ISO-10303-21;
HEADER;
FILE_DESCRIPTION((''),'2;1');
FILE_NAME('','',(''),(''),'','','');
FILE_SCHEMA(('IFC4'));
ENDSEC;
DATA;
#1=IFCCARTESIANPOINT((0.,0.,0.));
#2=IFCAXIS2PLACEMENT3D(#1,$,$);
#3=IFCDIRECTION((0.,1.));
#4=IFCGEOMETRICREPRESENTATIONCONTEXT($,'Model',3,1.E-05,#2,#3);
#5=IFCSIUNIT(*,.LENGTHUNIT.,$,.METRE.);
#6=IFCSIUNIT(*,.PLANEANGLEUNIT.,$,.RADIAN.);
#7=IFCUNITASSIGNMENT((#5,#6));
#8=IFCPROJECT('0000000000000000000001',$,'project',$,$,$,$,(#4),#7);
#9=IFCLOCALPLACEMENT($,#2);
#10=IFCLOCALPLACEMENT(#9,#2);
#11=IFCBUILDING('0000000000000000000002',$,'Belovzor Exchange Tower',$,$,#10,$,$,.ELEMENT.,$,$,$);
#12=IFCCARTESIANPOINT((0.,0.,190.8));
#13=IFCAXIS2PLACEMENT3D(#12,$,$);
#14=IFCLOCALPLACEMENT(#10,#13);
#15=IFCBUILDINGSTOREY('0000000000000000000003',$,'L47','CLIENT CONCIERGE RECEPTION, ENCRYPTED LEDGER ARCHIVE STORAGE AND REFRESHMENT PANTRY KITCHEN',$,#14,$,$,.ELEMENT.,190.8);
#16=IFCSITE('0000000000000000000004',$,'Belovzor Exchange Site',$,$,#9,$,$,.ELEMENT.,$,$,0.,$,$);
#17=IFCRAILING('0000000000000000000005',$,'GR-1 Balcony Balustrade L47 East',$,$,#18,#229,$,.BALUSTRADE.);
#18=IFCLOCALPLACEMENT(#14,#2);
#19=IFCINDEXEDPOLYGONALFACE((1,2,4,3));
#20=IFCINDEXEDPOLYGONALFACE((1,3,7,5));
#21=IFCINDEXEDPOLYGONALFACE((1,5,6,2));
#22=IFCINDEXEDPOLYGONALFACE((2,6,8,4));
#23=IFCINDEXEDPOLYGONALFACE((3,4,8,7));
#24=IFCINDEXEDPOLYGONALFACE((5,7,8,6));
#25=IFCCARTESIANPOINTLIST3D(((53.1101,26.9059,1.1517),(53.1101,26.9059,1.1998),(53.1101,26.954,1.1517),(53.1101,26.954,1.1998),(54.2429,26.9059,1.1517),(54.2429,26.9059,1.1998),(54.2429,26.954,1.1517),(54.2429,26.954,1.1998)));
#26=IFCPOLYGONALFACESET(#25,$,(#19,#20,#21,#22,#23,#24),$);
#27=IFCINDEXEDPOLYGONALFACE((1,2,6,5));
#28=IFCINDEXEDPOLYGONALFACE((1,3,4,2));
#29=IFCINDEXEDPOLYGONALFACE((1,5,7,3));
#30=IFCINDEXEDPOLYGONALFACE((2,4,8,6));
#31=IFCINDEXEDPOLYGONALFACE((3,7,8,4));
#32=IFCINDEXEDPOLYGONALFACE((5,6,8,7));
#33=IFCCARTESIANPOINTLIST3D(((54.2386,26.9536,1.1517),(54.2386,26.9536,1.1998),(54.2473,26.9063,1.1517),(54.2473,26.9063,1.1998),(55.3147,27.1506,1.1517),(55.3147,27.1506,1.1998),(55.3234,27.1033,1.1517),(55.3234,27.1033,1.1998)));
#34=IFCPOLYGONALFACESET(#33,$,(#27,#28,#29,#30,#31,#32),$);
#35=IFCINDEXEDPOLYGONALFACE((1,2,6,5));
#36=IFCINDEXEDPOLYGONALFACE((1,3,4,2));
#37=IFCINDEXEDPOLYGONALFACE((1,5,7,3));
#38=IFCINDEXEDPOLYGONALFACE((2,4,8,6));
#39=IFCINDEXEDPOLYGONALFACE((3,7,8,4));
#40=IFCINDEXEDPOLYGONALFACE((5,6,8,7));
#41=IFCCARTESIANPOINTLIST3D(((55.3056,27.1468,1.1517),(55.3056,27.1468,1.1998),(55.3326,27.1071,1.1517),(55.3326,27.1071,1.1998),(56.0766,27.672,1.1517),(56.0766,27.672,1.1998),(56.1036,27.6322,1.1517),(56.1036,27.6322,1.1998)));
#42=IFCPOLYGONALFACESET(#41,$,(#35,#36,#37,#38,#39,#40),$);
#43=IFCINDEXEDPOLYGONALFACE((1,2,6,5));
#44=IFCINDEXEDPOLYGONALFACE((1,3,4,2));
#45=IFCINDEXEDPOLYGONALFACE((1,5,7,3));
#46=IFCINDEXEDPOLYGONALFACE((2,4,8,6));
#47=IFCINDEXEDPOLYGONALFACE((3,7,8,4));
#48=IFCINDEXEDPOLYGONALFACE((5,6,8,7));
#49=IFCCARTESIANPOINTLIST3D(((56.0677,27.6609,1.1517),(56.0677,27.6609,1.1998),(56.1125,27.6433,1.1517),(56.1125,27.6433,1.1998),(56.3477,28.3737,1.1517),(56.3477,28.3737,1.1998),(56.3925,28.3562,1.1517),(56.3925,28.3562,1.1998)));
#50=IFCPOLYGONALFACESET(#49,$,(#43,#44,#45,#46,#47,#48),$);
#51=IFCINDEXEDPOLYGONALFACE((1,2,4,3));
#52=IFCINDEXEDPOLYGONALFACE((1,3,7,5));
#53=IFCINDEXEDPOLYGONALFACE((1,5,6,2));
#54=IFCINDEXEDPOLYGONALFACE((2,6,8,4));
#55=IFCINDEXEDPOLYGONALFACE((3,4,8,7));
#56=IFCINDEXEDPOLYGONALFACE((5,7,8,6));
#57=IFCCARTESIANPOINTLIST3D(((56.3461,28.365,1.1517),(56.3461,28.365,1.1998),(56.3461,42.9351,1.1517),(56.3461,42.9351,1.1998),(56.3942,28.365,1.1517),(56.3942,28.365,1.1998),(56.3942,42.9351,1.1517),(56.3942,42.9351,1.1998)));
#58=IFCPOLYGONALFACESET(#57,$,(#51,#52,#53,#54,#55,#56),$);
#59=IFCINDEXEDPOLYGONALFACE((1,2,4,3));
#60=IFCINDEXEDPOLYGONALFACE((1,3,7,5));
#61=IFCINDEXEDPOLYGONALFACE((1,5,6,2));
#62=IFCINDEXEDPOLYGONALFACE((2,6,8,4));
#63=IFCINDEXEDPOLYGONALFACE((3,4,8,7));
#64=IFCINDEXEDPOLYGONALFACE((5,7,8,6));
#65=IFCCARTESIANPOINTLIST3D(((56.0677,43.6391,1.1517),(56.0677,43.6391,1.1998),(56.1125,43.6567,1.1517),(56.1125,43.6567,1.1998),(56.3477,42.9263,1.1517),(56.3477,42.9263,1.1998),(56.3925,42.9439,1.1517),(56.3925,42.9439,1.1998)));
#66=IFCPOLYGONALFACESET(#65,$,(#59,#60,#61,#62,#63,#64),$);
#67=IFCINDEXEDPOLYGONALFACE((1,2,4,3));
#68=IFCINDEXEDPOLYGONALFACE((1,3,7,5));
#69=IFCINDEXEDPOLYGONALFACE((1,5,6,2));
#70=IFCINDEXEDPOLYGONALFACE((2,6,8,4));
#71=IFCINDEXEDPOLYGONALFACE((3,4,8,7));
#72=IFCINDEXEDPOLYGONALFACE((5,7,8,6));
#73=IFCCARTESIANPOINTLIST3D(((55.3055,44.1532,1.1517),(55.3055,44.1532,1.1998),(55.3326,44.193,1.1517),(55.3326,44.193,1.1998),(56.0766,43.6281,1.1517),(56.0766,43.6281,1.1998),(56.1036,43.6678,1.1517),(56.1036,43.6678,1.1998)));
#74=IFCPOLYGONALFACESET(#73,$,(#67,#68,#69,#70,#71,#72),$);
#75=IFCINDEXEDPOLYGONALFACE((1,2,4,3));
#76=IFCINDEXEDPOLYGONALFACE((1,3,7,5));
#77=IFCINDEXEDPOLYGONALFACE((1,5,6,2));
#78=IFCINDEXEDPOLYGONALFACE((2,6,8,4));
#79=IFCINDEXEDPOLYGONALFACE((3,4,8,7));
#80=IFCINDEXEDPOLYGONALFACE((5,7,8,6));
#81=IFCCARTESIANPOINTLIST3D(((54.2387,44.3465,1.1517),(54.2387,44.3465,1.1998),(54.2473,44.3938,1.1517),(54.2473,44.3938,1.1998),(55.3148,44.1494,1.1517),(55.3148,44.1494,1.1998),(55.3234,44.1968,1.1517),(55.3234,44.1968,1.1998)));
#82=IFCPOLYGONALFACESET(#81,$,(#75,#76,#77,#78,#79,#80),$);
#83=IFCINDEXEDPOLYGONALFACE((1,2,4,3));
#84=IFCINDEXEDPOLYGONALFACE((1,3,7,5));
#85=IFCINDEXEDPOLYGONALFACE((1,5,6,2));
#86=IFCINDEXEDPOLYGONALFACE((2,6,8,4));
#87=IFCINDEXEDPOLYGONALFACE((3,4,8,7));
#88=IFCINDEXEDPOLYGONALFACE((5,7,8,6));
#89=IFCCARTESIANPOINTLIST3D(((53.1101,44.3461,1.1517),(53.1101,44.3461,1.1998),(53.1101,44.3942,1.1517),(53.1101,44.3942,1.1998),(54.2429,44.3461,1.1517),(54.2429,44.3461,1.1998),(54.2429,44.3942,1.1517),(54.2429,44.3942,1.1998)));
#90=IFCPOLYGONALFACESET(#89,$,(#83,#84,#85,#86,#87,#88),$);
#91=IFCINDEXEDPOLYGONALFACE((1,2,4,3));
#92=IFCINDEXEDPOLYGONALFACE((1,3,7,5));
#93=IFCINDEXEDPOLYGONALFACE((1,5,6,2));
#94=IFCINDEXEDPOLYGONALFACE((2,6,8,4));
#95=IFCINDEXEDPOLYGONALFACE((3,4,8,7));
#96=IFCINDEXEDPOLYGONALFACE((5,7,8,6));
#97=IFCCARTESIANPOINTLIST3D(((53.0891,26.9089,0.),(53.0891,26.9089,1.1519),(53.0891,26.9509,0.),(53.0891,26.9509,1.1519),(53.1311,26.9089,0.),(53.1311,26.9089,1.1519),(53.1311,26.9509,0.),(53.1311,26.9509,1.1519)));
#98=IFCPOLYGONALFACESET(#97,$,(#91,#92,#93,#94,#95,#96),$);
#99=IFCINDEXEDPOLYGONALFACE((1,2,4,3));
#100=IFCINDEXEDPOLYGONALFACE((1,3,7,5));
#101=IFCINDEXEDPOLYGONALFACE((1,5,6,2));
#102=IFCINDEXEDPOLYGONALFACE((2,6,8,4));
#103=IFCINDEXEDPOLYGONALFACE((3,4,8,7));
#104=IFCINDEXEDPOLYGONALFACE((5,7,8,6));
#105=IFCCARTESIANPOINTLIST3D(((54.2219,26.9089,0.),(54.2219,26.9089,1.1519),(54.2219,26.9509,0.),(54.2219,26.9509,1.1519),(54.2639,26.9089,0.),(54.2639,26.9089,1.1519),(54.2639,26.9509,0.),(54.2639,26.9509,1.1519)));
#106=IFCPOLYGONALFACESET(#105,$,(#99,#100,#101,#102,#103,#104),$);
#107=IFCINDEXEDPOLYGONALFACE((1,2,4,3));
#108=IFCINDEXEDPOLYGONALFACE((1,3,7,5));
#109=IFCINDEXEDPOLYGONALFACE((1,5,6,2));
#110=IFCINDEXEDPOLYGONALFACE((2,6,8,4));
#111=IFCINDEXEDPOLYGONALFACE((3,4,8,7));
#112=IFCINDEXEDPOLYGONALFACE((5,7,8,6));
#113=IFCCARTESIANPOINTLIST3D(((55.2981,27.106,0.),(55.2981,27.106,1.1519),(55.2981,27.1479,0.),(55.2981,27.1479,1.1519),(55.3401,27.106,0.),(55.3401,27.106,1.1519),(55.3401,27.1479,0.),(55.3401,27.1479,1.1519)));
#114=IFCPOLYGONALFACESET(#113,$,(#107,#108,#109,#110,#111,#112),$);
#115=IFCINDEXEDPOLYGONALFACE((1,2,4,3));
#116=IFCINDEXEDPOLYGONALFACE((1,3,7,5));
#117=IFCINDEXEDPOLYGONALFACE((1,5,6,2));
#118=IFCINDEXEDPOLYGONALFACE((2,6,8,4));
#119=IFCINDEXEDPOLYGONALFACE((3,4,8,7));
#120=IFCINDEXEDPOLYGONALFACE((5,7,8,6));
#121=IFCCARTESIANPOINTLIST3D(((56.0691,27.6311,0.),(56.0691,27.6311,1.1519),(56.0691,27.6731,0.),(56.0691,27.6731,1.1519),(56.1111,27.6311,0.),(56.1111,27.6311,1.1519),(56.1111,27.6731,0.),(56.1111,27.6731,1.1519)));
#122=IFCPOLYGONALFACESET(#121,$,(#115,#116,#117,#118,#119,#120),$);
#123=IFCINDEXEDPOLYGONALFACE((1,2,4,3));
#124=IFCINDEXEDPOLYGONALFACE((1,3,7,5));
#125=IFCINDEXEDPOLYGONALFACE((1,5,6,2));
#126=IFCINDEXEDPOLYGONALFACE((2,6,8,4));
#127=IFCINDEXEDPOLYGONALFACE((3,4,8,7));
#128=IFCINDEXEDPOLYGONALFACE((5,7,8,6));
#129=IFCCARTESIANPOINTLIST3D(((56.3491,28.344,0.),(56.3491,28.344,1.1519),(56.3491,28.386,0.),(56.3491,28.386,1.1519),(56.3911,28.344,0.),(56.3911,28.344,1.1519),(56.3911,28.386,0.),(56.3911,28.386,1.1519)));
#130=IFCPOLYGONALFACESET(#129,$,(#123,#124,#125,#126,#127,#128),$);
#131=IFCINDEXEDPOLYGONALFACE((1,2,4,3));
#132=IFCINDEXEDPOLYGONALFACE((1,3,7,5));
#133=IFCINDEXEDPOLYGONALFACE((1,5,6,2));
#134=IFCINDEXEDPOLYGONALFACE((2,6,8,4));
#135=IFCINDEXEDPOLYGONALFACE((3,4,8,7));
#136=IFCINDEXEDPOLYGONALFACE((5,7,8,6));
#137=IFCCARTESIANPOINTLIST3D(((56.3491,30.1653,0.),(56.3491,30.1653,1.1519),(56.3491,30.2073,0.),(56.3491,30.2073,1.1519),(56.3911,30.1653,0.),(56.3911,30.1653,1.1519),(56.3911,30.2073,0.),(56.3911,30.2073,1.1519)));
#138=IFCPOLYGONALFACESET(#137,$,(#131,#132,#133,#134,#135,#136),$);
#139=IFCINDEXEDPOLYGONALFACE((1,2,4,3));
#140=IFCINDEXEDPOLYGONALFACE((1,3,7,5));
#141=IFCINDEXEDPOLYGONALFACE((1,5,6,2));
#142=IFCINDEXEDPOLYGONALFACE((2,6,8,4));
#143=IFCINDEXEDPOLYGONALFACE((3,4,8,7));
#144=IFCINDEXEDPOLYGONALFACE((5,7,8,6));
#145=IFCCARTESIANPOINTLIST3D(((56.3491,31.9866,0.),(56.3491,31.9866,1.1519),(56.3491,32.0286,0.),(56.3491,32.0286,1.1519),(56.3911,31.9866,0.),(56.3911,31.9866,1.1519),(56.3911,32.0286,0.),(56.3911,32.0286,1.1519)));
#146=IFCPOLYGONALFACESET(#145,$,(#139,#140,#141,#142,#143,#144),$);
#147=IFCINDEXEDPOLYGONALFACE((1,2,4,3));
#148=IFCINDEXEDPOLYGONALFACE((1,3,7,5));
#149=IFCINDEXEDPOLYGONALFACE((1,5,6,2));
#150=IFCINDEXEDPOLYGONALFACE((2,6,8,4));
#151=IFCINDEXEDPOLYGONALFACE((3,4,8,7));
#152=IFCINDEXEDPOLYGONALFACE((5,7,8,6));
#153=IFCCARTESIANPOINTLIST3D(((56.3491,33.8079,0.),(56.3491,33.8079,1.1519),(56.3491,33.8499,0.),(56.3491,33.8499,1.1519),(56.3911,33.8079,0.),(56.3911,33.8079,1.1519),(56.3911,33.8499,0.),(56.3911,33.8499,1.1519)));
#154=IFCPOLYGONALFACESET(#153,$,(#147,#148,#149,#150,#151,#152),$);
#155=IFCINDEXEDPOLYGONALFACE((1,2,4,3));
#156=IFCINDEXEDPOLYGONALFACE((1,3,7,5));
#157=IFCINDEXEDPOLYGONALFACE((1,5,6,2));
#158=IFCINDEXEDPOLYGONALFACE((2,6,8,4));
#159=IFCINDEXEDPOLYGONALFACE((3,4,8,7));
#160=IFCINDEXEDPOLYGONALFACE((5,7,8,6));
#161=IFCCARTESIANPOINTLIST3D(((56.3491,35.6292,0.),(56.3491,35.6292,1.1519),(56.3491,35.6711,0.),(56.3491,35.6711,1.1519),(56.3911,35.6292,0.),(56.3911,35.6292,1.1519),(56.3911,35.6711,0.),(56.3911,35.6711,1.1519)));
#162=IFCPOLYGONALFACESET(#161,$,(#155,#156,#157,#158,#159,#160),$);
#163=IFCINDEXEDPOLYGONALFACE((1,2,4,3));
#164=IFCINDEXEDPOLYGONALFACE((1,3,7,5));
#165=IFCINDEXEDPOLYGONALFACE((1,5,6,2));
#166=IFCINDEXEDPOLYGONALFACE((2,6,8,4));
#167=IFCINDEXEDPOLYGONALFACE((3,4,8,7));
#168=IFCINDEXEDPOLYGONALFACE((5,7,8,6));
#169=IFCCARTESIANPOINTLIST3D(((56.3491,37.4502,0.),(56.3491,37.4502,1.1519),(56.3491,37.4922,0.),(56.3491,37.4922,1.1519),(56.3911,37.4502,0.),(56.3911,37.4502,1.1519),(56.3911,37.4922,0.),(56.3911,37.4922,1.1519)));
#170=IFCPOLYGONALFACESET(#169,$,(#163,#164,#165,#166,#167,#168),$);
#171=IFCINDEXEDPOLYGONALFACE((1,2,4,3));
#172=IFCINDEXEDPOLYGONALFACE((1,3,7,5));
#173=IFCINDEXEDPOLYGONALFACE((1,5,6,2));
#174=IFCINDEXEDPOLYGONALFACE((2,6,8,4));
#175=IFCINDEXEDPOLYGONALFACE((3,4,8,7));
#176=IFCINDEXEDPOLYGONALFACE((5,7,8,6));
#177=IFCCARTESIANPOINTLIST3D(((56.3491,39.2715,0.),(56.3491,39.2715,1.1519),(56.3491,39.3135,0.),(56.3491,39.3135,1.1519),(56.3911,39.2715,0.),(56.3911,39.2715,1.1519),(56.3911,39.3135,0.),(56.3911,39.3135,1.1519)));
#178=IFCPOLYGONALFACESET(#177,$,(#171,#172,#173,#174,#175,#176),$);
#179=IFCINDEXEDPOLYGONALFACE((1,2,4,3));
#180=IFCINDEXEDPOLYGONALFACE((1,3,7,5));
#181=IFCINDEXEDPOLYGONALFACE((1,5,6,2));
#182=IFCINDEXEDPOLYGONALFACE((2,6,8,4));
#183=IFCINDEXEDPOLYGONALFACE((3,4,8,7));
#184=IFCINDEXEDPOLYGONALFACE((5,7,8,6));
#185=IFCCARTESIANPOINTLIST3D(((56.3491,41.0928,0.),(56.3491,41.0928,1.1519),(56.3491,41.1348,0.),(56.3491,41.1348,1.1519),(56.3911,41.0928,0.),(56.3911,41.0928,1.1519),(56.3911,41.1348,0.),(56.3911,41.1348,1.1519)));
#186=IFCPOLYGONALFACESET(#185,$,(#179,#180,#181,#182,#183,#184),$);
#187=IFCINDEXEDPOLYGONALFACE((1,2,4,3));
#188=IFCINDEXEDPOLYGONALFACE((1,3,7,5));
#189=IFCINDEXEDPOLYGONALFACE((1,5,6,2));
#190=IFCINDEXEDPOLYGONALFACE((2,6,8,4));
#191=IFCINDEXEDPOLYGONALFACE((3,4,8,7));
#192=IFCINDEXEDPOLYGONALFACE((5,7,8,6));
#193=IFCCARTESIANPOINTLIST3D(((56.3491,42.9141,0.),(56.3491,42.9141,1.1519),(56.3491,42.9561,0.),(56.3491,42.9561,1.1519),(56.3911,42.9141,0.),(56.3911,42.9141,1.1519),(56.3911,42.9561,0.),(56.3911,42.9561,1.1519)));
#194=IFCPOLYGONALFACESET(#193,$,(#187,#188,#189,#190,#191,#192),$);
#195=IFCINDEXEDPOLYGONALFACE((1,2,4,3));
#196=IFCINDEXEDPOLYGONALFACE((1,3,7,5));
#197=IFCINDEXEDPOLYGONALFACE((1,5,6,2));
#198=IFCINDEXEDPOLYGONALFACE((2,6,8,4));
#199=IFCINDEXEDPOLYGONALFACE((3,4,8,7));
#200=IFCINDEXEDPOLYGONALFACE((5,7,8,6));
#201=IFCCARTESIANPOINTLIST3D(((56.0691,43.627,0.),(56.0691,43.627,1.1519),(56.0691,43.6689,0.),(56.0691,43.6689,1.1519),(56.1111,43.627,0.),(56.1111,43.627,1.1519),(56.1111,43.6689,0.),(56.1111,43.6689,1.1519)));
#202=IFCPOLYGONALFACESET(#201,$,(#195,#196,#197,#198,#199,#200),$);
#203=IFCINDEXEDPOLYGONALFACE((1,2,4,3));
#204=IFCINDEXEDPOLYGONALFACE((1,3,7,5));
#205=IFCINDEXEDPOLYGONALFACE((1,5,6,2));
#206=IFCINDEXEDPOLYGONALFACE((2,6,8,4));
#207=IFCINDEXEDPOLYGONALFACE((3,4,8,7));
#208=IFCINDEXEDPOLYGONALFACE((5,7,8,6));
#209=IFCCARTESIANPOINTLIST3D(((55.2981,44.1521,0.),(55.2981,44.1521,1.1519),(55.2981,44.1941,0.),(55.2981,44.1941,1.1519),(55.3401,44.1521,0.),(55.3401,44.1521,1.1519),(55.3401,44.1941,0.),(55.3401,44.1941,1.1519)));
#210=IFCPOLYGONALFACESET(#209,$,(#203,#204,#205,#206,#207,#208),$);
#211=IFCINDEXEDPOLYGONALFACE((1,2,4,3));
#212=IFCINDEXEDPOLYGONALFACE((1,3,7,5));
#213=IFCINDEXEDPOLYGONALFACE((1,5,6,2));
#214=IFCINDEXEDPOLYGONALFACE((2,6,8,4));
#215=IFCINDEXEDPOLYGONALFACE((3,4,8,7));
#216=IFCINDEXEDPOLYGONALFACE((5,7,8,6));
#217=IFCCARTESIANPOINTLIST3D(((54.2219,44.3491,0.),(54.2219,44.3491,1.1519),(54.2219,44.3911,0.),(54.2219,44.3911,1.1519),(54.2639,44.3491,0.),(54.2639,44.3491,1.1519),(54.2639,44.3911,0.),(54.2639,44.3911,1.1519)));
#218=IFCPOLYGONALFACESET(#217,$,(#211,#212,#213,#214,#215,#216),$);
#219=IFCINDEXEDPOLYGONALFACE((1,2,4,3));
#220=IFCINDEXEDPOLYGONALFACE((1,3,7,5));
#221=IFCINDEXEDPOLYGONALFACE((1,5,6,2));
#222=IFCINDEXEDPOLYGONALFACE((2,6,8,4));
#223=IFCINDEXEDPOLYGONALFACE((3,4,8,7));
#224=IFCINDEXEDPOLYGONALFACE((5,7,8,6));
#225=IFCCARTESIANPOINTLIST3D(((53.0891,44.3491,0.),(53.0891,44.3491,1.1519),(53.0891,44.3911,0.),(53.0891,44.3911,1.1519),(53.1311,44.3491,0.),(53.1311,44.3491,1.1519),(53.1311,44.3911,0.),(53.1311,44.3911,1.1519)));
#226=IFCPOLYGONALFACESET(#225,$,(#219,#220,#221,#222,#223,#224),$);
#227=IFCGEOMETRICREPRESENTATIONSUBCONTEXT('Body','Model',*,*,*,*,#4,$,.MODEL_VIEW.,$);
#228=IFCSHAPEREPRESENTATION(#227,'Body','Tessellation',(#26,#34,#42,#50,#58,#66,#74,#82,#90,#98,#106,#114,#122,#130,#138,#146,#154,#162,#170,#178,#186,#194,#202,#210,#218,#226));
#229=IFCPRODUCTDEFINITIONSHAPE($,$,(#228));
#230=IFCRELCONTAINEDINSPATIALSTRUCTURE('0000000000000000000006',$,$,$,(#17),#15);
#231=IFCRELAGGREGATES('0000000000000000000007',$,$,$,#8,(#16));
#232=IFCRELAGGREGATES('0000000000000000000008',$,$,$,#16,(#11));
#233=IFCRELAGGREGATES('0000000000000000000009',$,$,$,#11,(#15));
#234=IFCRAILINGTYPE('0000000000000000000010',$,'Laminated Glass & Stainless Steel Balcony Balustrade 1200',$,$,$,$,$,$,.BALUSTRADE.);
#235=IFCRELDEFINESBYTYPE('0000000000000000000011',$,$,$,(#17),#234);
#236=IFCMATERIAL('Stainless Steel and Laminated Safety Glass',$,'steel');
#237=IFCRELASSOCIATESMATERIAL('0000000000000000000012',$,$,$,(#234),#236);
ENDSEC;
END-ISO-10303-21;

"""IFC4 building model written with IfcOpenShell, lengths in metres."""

from ifc_helpers import new_model, si_unit, direction, frame, origin, origin_2d, place, context, subcontext, project, spatial, rectangle, extrude, material, type_object, element, save


model = new_model("IFC4")

# Units and contexts
model_context = context("Model", 3, precision=1e-05, world=origin(), true_north=direction((0.0, 1.0)))
body_context = subcontext(model_context, "Body", "Model", "MODEL_VIEW")
ifc_project = project(units=[si_unit("LENGTHUNIT", "METRE"), si_unit("PLANEANGLEUNIT", "RADIAN")], contexts=[model_context])

# Site, building, storey
site_placement = place(None, origin())
site = spatial("IfcSite", under=ifc_project, at=site_placement, Name="Belovzor Exchange Site", CompositionType="ELEMENT", RefElevation=0.0)
building_placement = place(site_placement, origin())
building = spatial("IfcBuilding", under=site, at=building_placement, Name="Belovzor Exchange Tower", CompositionType="ELEMENT")
storey_placement = place(building_placement, frame((0.0, 0.0, 190.8)))
storey = spatial("IfcBuildingStorey", under=building, at=storey_placement, Name="L47", Description="CLIENT CONCIERGE RECEPTION, ENCRYPTED LEDGER ARCHIVE STORAGE AND REFRESHMENT PANTRY KITCHEN", CompositionType="ELEMENT", Elevation=190.8)

# Railing
ifc_material_1 = material(Name="Stainless Steel and Laminated Safety Glass", Category="steel")
railing_type = type_object("IfcRailingType", Name="Laminated Glass & Stainless Steel Balcony Balustrade 1200", PredefinedType="BALUSTRADE", material=ifc_material_1)
railing_placement = place(storey_placement, frame((53.1101, 26.9299, 0.0)))
element("IfcRailing", 1, at=railing_placement, inside=storey, type_object=railing_type, Name="GR-1 Balcony Balustrade L47 East", PredefinedType="BALUSTRADE", context=body_context, shape_type="SweptSolid", body=[
    extrude(rectangle(XDim=0.0481, YDim=0.0481, at=origin_2d()), frame((0.0, 0.0, 1.1758), z_axis=(1.0, 0.0, 0.0), x_axis=(0.0, 1.0, 0.0)), (0.0, 0.0, 1.0), 1.1328),
    extrude(rectangle(XDim=0.0481, YDim=0.0481, at=origin_2d()), frame((1.1328, 0.0, 1.1758), z_axis=(0.983651, 0.180083, 0.0), x_axis=(-0.180083, 0.983651, 0.0)), (0.0, 0.0, 1.0), 1.094),
    extrude(rectangle(XDim=0.0481, YDim=0.0481, at=origin_2d()), frame((2.209, 0.197, 1.1758), z_axis=(0.826493, 0.562947, 0.0), x_axis=(-0.562947, 0.826493, 0.0)), (0.0, 0.0, 1.0), 0.9329),
    extrude(rectangle(XDim=0.0481, YDim=0.0481, at=origin_2d()), frame((2.98, 0.7222, 1.1758), z_axis=(0.365613, 0.930767, 0.0), x_axis=(-0.930767, 0.365613, 0.0)), (0.0, 0.0, 1.0), 0.7659),
    extrude(rectangle(XDim=0.0481, YDim=0.0481, at=origin_2d()), frame((3.26, 1.4351, 1.1758), z_axis=(0.0, 1.0, 0.0), x_axis=(-1.0, 0.0, 0.0)), (0.0, 0.0, 1.0), 14.5701),
    extrude(rectangle(XDim=0.0481, YDim=0.0481, at=origin_2d()), frame((3.26, 16.0051, 1.1758), z_axis=(-0.365613, 0.930767, 0.0), x_axis=(-0.930767, -0.365613, 0.0)), (0.0, 0.0, 1.0), 0.7659),
    extrude(rectangle(XDim=0.0481, YDim=0.0481, at=origin_2d()), frame((2.98, 16.718, 1.1758), z_axis=(-0.826493, 0.562947, 0.0), x_axis=(-0.562947, -0.826493, 0.0)), (0.0, 0.0, 1.0), 0.9329),
    extrude(rectangle(XDim=0.0481, YDim=0.0481, at=origin_2d()), frame((2.209, 17.2432, 1.1758), z_axis=(-0.983651, 0.180083, 0.0), x_axis=(-0.180083, -0.983651, 0.0)), (0.0, 0.0, 1.0), 1.094),
    extrude(rectangle(XDim=0.0481, YDim=0.0481, at=origin_2d()), frame((1.1328, 17.4402, 1.1758), z_axis=(-1.0, 0.0, 0.0), x_axis=(0.0, -1.0, 0.0)), (0.0, 0.0, 1.0), 1.1328),
    extrude(rectangle(XDim=0.042, YDim=0.042, at=origin_2d()), origin(), (0.0, 0.0, 1.0), 1.1519),
    extrude(rectangle(XDim=0.042, YDim=0.042, at=origin_2d()), frame((1.1328, 0.0, 0.0)), (0.0, 0.0, 1.0), 1.1519),
    extrude(rectangle(XDim=0.042, YDim=0.042, at=origin_2d()), frame((2.209, 0.197, 0.0)), (0.0, 0.0, 1.0), 1.1519),
    extrude(rectangle(XDim=0.042, YDim=0.042, at=origin_2d()), frame((2.98, 0.7222, 0.0)), (0.0, 0.0, 1.0), 1.1519),
    extrude(rectangle(XDim=0.042, YDim=0.042, at=origin_2d()), frame((3.26, 1.4351, 0.0)), (0.0, 0.0, 1.0), 1.1519),
    extrude(rectangle(XDim=0.042, YDim=0.042, at=origin_2d()), frame((3.26, 3.2563, 0.0)), (0.0, 0.0, 1.0), 1.1519),
    extrude(rectangle(XDim=0.042, YDim=0.042, at=origin_2d()), frame((3.26, 5.0776, 0.0)), (0.0, 0.0, 1.0), 1.1519),
    extrude(rectangle(XDim=0.042, YDim=0.042, at=origin_2d()), frame((3.26, 6.8989, 0.0)), (0.0, 0.0, 1.0), 1.1519),
    extrude(rectangle(XDim=0.042, YDim=0.042, at=origin_2d()), frame((3.26, 8.7202, 0.0)), (0.0, 0.0, 1.0), 1.1519),
    extrude(rectangle(XDim=0.042, YDim=0.042, at=origin_2d()), frame((3.26, 10.5413, 0.0)), (0.0, 0.0, 1.0), 1.1519),
    extrude(rectangle(XDim=0.042, YDim=0.042, at=origin_2d()), frame((3.26, 12.3625, 0.0)), (0.0, 0.0, 1.0), 1.1519),
    extrude(rectangle(XDim=0.042, YDim=0.042, at=origin_2d()), frame((3.26, 14.1838, 0.0)), (0.0, 0.0, 1.0), 1.1519),
    extrude(rectangle(XDim=0.042, YDim=0.042, at=origin_2d()), frame((3.26, 16.0051, 0.0)), (0.0, 0.0, 1.0), 1.1519),
    extrude(rectangle(XDim=0.042, YDim=0.042, at=origin_2d()), frame((2.98, 16.718, 0.0)), (0.0, 0.0, 1.0), 1.1519),
    extrude(rectangle(XDim=0.042, YDim=0.042, at=origin_2d()), frame((2.209, 17.2432, 0.0)), (0.0, 0.0, 1.0), 1.1519),
    extrude(rectangle(XDim=0.042, YDim=0.042, at=origin_2d()), frame((1.1328, 17.4402, 0.0)), (0.0, 0.0, 1.0), 1.1519),
    extrude(rectangle(XDim=0.042, YDim=0.042, at=origin_2d()), frame((0.0, 17.4402, 0.0)), (0.0, 0.0, 1.0), 1.1519),
])

save(model, "model.ifc")
